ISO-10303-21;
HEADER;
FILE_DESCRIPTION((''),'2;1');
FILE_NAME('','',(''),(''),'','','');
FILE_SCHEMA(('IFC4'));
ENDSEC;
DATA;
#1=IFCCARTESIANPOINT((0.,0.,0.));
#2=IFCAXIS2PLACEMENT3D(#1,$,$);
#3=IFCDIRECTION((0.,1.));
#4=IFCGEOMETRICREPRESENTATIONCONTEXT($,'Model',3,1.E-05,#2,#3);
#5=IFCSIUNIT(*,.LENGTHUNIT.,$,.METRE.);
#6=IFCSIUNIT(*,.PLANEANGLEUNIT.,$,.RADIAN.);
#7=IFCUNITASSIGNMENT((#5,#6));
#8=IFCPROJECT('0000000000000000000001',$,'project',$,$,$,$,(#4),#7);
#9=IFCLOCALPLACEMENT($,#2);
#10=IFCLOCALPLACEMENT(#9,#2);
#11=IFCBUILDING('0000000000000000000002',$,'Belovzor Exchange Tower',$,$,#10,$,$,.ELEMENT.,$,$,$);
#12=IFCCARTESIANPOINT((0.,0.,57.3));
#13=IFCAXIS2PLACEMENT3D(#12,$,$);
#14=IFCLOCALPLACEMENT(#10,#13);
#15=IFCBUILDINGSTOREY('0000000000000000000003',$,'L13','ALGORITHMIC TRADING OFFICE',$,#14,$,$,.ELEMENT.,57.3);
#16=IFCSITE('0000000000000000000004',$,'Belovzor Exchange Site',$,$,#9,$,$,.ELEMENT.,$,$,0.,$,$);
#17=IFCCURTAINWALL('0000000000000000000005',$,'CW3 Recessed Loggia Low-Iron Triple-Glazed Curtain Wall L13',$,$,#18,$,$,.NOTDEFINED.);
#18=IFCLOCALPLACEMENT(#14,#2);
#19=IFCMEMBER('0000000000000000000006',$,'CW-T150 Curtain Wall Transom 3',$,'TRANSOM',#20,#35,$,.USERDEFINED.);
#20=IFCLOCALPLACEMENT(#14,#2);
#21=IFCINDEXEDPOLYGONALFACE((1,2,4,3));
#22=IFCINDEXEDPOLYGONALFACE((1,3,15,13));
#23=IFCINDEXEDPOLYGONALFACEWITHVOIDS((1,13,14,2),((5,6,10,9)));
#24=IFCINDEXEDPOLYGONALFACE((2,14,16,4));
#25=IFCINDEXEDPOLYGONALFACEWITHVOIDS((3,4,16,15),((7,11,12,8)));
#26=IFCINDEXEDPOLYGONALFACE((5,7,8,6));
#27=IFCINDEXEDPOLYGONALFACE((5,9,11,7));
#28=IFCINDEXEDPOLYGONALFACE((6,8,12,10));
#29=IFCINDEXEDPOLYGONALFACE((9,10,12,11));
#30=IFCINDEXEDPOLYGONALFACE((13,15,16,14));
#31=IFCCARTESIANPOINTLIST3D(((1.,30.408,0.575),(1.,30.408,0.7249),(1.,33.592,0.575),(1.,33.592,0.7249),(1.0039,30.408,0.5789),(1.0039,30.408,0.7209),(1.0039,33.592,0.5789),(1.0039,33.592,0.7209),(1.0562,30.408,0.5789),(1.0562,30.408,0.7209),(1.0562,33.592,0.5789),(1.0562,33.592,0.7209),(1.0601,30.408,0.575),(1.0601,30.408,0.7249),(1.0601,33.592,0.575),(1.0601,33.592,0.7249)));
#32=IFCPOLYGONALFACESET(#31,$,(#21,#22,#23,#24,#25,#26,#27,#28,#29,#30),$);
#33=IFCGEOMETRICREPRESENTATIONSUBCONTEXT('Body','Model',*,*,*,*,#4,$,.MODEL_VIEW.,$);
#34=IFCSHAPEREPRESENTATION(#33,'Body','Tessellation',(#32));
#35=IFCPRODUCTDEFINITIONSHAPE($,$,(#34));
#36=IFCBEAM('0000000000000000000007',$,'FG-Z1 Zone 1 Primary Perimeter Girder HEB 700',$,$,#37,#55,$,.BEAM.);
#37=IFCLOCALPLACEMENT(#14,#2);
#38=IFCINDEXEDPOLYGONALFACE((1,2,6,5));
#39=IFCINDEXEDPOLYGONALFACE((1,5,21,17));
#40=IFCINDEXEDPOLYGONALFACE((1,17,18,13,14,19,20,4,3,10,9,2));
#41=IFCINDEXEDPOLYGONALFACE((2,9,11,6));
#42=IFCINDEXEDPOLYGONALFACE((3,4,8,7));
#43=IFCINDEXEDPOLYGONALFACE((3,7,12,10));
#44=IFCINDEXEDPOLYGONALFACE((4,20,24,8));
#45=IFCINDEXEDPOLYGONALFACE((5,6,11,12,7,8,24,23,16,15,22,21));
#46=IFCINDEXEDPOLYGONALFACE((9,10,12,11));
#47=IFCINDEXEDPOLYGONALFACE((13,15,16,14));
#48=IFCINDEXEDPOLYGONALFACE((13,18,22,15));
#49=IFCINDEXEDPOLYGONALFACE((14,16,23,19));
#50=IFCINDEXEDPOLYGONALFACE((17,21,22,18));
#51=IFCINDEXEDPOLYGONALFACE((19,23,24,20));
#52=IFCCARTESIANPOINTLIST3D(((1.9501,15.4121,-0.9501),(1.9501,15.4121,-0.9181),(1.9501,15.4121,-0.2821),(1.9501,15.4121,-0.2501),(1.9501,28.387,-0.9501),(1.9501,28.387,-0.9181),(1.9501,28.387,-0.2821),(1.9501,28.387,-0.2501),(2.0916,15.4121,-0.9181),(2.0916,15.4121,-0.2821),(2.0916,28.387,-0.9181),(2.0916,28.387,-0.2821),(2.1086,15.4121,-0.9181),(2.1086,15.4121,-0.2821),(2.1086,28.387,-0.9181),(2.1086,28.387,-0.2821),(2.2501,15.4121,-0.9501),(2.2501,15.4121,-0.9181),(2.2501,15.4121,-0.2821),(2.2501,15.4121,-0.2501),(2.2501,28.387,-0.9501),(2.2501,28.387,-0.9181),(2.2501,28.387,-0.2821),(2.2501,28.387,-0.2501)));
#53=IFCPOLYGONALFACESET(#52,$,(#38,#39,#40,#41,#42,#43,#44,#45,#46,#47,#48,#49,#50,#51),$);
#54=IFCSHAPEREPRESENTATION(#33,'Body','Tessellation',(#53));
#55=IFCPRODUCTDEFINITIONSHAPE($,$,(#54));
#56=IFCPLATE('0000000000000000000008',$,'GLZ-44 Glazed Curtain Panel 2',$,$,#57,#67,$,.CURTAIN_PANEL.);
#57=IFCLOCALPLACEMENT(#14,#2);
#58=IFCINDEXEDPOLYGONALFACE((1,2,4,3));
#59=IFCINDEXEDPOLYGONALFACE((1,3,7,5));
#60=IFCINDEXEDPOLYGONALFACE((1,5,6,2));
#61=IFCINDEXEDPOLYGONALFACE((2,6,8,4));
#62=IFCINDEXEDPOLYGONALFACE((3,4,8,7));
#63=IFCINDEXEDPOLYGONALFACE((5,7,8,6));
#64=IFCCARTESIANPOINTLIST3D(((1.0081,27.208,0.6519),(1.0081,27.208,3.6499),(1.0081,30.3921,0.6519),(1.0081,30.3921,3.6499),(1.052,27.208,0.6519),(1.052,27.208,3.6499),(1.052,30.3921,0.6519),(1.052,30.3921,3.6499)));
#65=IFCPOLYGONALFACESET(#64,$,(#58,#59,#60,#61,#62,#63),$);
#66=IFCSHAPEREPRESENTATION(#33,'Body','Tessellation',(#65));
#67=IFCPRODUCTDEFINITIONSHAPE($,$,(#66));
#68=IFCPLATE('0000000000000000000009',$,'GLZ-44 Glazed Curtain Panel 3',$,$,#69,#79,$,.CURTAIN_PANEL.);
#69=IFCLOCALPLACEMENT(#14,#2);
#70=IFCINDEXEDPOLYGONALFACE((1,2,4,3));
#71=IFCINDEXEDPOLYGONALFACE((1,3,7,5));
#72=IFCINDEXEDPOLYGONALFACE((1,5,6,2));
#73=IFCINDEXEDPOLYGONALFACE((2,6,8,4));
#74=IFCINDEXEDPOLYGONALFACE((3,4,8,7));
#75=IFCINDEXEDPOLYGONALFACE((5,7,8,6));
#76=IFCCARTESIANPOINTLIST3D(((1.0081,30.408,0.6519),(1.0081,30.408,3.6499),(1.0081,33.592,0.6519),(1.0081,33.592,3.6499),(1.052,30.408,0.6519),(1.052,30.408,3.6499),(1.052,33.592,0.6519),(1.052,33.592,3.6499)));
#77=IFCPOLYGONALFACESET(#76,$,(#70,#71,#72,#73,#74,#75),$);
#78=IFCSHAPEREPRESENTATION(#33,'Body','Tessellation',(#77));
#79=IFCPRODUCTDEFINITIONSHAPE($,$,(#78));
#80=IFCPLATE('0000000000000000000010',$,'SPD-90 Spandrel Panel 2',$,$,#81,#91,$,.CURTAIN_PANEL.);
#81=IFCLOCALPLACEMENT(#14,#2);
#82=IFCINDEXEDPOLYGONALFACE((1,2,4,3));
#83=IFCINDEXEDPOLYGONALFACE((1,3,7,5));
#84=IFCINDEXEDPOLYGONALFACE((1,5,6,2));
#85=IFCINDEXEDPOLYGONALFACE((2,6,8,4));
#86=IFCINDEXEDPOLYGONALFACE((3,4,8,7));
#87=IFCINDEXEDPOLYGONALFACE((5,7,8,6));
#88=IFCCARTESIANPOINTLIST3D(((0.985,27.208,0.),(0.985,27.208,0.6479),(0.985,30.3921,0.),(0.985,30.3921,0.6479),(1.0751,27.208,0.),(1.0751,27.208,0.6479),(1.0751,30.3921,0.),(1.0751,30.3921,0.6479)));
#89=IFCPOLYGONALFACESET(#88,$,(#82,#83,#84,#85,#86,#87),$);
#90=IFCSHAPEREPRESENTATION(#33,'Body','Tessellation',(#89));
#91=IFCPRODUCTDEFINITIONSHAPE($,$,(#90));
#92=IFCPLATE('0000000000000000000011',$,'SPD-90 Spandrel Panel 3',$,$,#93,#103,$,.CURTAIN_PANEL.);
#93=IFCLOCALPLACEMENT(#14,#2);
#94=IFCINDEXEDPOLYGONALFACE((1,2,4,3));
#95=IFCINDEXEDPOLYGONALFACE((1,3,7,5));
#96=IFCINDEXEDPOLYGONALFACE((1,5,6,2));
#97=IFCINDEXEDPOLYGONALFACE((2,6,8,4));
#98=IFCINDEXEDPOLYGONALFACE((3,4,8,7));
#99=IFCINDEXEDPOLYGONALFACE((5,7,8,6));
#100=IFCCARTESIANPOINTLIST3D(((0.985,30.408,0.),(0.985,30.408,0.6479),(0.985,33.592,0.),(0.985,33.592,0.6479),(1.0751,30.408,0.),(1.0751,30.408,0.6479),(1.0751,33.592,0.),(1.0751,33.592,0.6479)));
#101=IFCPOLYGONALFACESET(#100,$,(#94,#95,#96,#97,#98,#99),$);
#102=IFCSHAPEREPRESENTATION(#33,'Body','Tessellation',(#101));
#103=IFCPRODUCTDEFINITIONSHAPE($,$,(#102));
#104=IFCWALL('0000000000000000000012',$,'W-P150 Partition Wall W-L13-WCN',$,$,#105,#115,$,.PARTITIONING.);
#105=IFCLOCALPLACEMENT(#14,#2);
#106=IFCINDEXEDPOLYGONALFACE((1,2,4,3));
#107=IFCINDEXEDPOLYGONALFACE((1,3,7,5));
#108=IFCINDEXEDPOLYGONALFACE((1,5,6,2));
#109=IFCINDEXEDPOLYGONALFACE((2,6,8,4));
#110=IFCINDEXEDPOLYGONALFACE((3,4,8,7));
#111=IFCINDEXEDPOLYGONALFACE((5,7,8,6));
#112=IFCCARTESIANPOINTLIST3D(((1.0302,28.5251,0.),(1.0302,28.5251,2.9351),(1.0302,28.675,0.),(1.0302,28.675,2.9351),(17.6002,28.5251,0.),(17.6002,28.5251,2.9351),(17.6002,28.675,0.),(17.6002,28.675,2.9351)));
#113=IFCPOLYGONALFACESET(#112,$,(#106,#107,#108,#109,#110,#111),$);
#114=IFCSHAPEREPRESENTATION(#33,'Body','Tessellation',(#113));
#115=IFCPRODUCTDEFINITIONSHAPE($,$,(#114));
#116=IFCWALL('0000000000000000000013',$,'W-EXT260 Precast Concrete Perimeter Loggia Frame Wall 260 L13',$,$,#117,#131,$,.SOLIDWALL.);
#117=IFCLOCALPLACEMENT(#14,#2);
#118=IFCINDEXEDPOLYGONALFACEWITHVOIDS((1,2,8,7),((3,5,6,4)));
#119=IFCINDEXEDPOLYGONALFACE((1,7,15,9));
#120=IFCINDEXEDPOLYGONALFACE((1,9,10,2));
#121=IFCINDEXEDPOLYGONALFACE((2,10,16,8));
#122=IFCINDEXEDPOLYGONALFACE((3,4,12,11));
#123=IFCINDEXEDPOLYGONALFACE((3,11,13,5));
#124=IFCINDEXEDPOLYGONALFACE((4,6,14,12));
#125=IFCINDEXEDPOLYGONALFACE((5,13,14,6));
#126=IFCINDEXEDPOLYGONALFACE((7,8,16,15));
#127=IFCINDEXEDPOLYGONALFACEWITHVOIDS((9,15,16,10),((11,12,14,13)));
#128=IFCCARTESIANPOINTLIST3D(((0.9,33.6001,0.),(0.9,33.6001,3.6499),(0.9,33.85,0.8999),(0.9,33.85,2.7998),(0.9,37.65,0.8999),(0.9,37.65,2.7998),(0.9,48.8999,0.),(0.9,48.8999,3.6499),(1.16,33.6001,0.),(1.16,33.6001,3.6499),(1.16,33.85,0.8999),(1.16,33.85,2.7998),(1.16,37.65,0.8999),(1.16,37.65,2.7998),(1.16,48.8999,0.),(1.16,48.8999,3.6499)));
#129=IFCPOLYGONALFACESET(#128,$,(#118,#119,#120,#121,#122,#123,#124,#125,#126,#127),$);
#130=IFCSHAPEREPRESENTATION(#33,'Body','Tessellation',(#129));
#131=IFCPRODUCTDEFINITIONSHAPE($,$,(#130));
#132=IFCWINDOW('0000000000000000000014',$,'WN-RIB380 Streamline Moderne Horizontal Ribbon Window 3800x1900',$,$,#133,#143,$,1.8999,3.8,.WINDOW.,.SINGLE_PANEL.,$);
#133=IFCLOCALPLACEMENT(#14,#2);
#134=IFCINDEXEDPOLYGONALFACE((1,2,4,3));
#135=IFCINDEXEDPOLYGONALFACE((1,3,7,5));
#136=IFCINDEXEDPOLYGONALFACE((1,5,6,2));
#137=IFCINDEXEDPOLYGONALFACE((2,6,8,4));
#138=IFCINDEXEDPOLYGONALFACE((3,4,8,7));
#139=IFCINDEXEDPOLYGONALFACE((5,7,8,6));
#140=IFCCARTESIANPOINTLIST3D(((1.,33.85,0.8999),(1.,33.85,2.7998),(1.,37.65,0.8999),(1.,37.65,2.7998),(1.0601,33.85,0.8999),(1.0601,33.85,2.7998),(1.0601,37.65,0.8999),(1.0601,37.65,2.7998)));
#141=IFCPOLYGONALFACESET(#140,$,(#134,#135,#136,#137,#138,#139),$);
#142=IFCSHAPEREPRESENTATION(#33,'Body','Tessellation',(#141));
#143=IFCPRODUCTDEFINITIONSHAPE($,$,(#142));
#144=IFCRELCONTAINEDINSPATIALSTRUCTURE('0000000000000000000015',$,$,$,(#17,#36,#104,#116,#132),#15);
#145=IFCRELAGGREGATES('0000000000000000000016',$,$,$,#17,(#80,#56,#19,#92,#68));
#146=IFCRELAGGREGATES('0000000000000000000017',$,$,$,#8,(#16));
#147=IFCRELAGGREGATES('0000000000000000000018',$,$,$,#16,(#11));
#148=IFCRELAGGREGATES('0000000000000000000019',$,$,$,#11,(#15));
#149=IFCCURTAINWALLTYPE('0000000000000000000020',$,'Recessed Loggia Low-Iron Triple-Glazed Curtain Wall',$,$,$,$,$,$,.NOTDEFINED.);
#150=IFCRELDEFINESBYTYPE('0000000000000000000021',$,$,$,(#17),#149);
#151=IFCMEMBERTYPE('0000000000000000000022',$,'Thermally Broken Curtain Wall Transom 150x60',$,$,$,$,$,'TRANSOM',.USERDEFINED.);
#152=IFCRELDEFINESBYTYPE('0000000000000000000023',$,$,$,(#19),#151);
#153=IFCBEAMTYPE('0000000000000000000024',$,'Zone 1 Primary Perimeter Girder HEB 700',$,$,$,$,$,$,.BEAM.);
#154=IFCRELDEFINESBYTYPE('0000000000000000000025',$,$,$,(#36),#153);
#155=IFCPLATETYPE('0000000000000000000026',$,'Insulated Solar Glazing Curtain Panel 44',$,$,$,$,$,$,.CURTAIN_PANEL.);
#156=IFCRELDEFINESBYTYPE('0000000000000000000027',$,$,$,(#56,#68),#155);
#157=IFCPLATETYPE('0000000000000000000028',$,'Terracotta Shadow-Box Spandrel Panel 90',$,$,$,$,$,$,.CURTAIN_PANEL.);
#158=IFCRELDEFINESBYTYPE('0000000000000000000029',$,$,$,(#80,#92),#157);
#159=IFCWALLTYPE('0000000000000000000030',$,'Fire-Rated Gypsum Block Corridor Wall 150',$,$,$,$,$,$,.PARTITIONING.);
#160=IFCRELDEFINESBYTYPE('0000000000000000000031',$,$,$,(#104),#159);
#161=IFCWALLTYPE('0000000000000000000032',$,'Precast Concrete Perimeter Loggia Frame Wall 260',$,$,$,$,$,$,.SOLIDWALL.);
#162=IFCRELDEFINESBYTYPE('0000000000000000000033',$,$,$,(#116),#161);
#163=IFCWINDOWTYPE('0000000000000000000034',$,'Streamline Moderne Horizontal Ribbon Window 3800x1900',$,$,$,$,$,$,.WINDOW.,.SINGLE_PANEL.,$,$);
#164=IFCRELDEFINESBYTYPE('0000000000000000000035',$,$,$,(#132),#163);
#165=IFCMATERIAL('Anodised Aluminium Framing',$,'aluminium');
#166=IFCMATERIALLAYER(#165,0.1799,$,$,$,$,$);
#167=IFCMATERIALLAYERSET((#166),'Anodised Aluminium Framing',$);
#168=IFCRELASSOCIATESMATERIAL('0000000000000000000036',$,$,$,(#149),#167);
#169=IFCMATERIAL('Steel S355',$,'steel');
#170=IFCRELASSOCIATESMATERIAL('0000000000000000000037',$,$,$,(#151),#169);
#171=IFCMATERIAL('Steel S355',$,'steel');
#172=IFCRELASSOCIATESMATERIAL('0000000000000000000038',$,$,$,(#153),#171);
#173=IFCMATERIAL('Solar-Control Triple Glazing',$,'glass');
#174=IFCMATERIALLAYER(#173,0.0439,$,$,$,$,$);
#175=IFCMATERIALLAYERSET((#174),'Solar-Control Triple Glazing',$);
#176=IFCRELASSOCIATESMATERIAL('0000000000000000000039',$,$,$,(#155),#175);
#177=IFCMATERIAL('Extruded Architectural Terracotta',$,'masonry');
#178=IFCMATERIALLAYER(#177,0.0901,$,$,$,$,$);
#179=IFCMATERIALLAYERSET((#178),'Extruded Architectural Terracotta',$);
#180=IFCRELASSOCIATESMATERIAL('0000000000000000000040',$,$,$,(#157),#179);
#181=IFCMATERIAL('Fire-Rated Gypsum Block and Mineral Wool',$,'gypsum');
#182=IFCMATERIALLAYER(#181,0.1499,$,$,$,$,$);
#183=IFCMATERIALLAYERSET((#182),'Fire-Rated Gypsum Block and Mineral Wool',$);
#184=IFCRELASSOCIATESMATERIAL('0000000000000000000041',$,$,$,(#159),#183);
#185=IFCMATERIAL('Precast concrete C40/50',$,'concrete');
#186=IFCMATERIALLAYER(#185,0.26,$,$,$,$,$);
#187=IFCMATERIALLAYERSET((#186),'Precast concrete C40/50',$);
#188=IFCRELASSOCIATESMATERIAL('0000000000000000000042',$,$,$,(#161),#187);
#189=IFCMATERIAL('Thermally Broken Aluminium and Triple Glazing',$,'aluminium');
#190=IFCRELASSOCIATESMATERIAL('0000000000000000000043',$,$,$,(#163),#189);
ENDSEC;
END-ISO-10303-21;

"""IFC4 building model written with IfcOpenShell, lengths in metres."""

from ifc_helpers import new_model, si_unit, direction, frame, frame_2d, origin, origin_2d, place, context, subcontext, project, spatial, rectangle, hollow_rectangle, i_section, extrude, material, layer, layer_set, material_profile, profile_set, type_object, element, fill, aggregate, save


model = new_model("IFC4")

# Units and contexts
model_context = context("Model", 3, precision=1e-05, world=origin(), true_north=direction((0.0, 1.0)))
body_context = subcontext(model_context, "Body", "Model", "MODEL_VIEW")
ifc_project = project(units=[si_unit("LENGTHUNIT", "METRE"), si_unit("PLANEANGLEUNIT", "RADIAN")], contexts=[model_context])

# Site, building, storey
site_placement = place(None, origin())
site = spatial("IfcSite", under=ifc_project, at=site_placement, Name="Belovzor Exchange Site", CompositionType="ELEMENT", RefElevation=0.0)
building_placement = place(site_placement, origin())
building = spatial("IfcBuilding", under=site, at=building_placement, Name="Belovzor Exchange Tower", CompositionType="ELEMENT")
storey_placement = place(building_placement, frame((0.0, 0.0, 57.3)))
storey = spatial("IfcBuildingStorey", under=building, at=storey_placement, Name="L13", Description="ALGORITHMIC TRADING OFFICE", CompositionType="ELEMENT", Elevation=57.3)

# Curtain wall, member
ifc_material_1 = material(Name="Anodised Aluminium Framing", Category="aluminium")
ifc_layer_1 = layer(ifc_material_1, 0.1799)
ifc_layer_set_1 = layer_set([ifc_layer_1], Name="Anodised Aluminium Framing")
curtain_wall_type = type_object("IfcCurtainWallType", Name="Recessed Loggia Low-Iron Triple-Glazed Curtain Wall", PredefinedType="NOTDEFINED", material=ifc_layer_set_1)
curtain_wall_placement = place(storey_placement, origin())
curtain_wall = element("IfcCurtainWall", 1, at=curtain_wall_placement, inside=storey, type_object=curtain_wall_type, Name="CW3 Recessed Loggia Low-Iron Triple-Glazed Curtain Wall L13", PredefinedType="NOTDEFINED")
ifc_material_2 = material(Name="Steel S355", Category="steel")
ifc_material_profile_1 = material_profile(ifc_material_2, hollow_rectangle(XDim=0.0601, YDim=0.1499, WallThickness=0.0039, at=origin_2d()))
ifc_profile_set_1 = profile_set([ifc_material_profile_1], Name="Steel S355")
member_type_1 = type_object("IfcMemberType", Name="Thermally Broken Curtain Wall Transom 150x60", ElementType="TRANSOM", PredefinedType="USERDEFINED", material=ifc_profile_set_1)
member_1_placement = place(storey_placement, frame((1.03, 30.408, 0.6499), z_axis=(0.0, 1.0, 0.0), x_axis=(-1.0, 0.0, 0.0)))
member_1 = element("IfcMember", 2, at=member_1_placement, type_object=member_type_1, Name="CW-T150 Curtain Wall Transom 3", ObjectType="TRANSOM", PredefinedType="USERDEFINED", context=body_context, shape_type="SweptSolid", body=[
    extrude(hollow_rectangle(XDim=0.0601, YDim=0.1499, WallThickness=0.0039, at=origin_2d()), origin(), (0.0, 0.0, 1.0), 3.1841),
])

# Beam
ifc_material_3 = material(Name="Steel S355", Category="steel")
ifc_material_profile_2 = material_profile(ifc_material_3, i_section(OverallWidth=0.3, OverallDepth=0.7, WebThickness=0.0171, FlangeThickness=0.032, at=origin_2d()))
ifc_profile_set_2 = profile_set([ifc_material_profile_2], Name="Steel S355")
beam_type_1 = type_object("IfcBeamType", Name="Zone 1 Primary Perimeter Girder HEB 700", PredefinedType="BEAM", material=ifc_profile_set_2)
beam_1_placement = place(storey_placement, frame((2.1001, 28.387, -0.6001), z_axis=(0.0, -1.0, 0.0), x_axis=(1.0, 0.0, 0.0)))
element("IfcBeam", 3, at=beam_1_placement, inside=storey, type_object=beam_type_1, Name="FG-Z1 Zone 1 Primary Perimeter Girder HEB 700", PredefinedType="BEAM", context=body_context, shape_type="SweptSolid", body=[
    extrude(i_section(OverallWidth=0.3, OverallDepth=0.7, WebThickness=0.0171, FlangeThickness=0.032, at=origin_2d()), origin(), (0.0, 0.0, 1.0), 12.9749),
])

# Plates
ifc_material_4 = material(Name="Solar-Control Triple Glazing", Category="glass")
ifc_layer_2 = layer(ifc_material_4, 0.0439)
ifc_layer_set_2 = layer_set([ifc_layer_2], Name="Solar-Control Triple Glazing")
plate_type_1 = type_object("IfcPlateType", Name="Insulated Solar Glazing Curtain Panel 44", PredefinedType="CURTAIN_PANEL", material=ifc_layer_set_2)
plate_1_placement = place(storey_placement, frame((1.03, 28.8, 0.6519), z_axis=(0.0, 0.0, 1.0), x_axis=(0.0, 1.0, 0.0)))
plate_1 = element("IfcPlate", 4, at=plate_1_placement, type_object=plate_type_1, Name="GLZ-44 Glazed Curtain Panel 2", PredefinedType="CURTAIN_PANEL", context=body_context, shape_type="SweptSolid", body=[
    extrude(rectangle(XDim=3.1841, YDim=0.0439, at=origin_2d()), origin(), (0.0, 0.0, 1.0), 2.998),
])
plate_2_placement = place(storey_placement, frame((1.03, 32.0, 0.6519), z_axis=(0.0, 0.0, 1.0), x_axis=(0.0, 1.0, 0.0)))
plate_2 = element("IfcPlate", 5, at=plate_2_placement, type_object=plate_type_1, Name="GLZ-44 Glazed Curtain Panel 3", PredefinedType="CURTAIN_PANEL", context=body_context, shape_type="SweptSolid", body=[
    extrude(rectangle(XDim=3.1841, YDim=0.0439, at=origin_2d()), origin(), (0.0, 0.0, 1.0), 2.998),
])
ifc_material_5 = material(Name="Extruded Architectural Terracotta", Category="masonry")
ifc_layer_3 = layer(ifc_material_5, 0.0901)
ifc_layer_set_3 = layer_set([ifc_layer_3], Name="Extruded Architectural Terracotta")
plate_type_2 = type_object("IfcPlateType", Name="Terracotta Shadow-Box Spandrel Panel 90", PredefinedType="CURTAIN_PANEL", material=ifc_layer_set_3)
plate_3_placement = place(storey_placement, frame((1.03, 28.8, 0.0), z_axis=(0.0, 0.0, 1.0), x_axis=(0.0, 1.0, 0.0)))
plate_3 = element("IfcPlate", 6, at=plate_3_placement, type_object=plate_type_2, Name="SPD-90 Spandrel Panel 2", PredefinedType="CURTAIN_PANEL", context=body_context, shape_type="SweptSolid", body=[
    extrude(rectangle(XDim=3.1841, YDim=0.0901, at=origin_2d()), origin(), (0.0, 0.0, 1.0), 0.6479),
])
plate_4_placement = place(storey_placement, frame((1.03, 32.0, 0.0), z_axis=(0.0, 0.0, 1.0), x_axis=(0.0, 1.0, 0.0)))
plate_4 = element("IfcPlate", 7, at=plate_4_placement, type_object=plate_type_2, Name="SPD-90 Spandrel Panel 3", PredefinedType="CURTAIN_PANEL", context=body_context, shape_type="SweptSolid", body=[
    extrude(rectangle(XDim=3.1841, YDim=0.0901, at=origin_2d()), origin(), (0.0, 0.0, 1.0), 0.6479),
])
aggregate(curtain_wall, [plate_3, plate_1, member_1, plate_4, plate_2])

# Wall
ifc_material_6 = material(Name="Fire-Rated Gypsum Block and Mineral Wool", Category="gypsum")
ifc_layer_4 = layer(ifc_material_6, 0.1499)
ifc_layer_set_4 = layer_set([ifc_layer_4], Name="Fire-Rated Gypsum Block and Mineral Wool")
wall_type_1 = type_object("IfcWallType", Name="Fire-Rated Gypsum Block Corridor Wall 150", PredefinedType="PARTITIONING", material=ifc_layer_set_4)
wall_1_placement = place(storey_placement, frame((1.03, 28.6001, 0.0), z_axis=(0.0, 0.0, 1.0), x_axis=(1.0, 0.0, 0.0)))
element("IfcWall", 8, at=wall_1_placement, inside=storey, type_object=wall_type_1, Name="W-P150 Partition Wall W-L13-WCN", PredefinedType="PARTITIONING", context=body_context, shape_type="SweptSolid", body=[
    extrude(rectangle(XDim=16.5701, YDim=0.1499, at=frame_2d((8.2852, 0.0))), origin(), (0.0, 0.0, 1.0), 2.9351),
])

# Wall, opening, window
ifc_material_7 = material(Name="Precast concrete C40/50", Category="concrete")
ifc_layer_5 = layer(ifc_material_7, 0.26)
ifc_layer_set_5 = layer_set([ifc_layer_5], Name="Precast concrete C40/50")
wall_type_2 = type_object("IfcWallType", Name="Precast Concrete Perimeter Loggia Frame Wall 260", PredefinedType="SOLIDWALL", material=ifc_layer_set_5)
wall_2_placement = place(storey_placement, frame((1.03, 33.6001, 0.0), z_axis=(0.0, 0.0, 1.0), x_axis=(0.0, 1.0, 0.0)))
wall_2 = element("IfcWall", 9, at=wall_2_placement, inside=storey, type_object=wall_type_2, Name="W-EXT260 Precast Concrete Perimeter Loggia Frame Wall 260 L13", PredefinedType="SOLIDWALL", context=body_context, shape_type="SweptSolid", body=[
    extrude(rectangle(XDim=15.2998, YDim=0.26, at=frame_2d((7.6499, 0.0))), origin(), (0.0, 0.0, 1.0), 3.6499),
])
opening_placement = place(wall_2_placement, frame((0.25, 0.0, 0.8999)))
opening = element("IfcOpeningElement", 10, at=opening_placement, cuts=wall_2, PredefinedType="OPENING", context=body_context, shape_type="SweptSolid", body=[
    extrude(rectangle(XDim=3.8, YDim=1.8999, at=frame_2d((1.8999, 0.95))), frame((0.0, 0.1399, 0.0), z_axis=(0.0, -1.0, 0.0), x_axis=(1.0, 0.0, 0.0)), (0.0, 0.0, 1.0), 0.28),
])
ifc_material_8 = material(Name="Thermally Broken Aluminium and Triple Glazing", Category="aluminium")
window_type = type_object("IfcWindowType", Name="Streamline Moderne Horizontal Ribbon Window 3800x1900", PartitioningType="SINGLE_PANEL", PredefinedType="WINDOW", material=ifc_material_8)
window_placement = place(opening_placement, origin())
window = element("IfcWindow", 11, at=window_placement, inside=storey, type_object=window_type, Name="WN-RIB380 Streamline Moderne Horizontal Ribbon Window 3800x1900", OverallHeight=1.8999, OverallWidth=3.8, PartitioningType="SINGLE_PANEL", PredefinedType="WINDOW", context=body_context, shape_type="SweptSolid", body=[
    extrude(rectangle(XDim=3.8, YDim=1.8999, at=frame_2d((1.8999, 0.95))), frame((0.0, 0.03, 0.0), z_axis=(0.0, -1.0, 0.0), x_axis=(1.0, 0.0, 0.0)), (0.0, 0.0, 1.0), 0.0601),
])
fill(opening, window)

save(model, "model.ifc")
